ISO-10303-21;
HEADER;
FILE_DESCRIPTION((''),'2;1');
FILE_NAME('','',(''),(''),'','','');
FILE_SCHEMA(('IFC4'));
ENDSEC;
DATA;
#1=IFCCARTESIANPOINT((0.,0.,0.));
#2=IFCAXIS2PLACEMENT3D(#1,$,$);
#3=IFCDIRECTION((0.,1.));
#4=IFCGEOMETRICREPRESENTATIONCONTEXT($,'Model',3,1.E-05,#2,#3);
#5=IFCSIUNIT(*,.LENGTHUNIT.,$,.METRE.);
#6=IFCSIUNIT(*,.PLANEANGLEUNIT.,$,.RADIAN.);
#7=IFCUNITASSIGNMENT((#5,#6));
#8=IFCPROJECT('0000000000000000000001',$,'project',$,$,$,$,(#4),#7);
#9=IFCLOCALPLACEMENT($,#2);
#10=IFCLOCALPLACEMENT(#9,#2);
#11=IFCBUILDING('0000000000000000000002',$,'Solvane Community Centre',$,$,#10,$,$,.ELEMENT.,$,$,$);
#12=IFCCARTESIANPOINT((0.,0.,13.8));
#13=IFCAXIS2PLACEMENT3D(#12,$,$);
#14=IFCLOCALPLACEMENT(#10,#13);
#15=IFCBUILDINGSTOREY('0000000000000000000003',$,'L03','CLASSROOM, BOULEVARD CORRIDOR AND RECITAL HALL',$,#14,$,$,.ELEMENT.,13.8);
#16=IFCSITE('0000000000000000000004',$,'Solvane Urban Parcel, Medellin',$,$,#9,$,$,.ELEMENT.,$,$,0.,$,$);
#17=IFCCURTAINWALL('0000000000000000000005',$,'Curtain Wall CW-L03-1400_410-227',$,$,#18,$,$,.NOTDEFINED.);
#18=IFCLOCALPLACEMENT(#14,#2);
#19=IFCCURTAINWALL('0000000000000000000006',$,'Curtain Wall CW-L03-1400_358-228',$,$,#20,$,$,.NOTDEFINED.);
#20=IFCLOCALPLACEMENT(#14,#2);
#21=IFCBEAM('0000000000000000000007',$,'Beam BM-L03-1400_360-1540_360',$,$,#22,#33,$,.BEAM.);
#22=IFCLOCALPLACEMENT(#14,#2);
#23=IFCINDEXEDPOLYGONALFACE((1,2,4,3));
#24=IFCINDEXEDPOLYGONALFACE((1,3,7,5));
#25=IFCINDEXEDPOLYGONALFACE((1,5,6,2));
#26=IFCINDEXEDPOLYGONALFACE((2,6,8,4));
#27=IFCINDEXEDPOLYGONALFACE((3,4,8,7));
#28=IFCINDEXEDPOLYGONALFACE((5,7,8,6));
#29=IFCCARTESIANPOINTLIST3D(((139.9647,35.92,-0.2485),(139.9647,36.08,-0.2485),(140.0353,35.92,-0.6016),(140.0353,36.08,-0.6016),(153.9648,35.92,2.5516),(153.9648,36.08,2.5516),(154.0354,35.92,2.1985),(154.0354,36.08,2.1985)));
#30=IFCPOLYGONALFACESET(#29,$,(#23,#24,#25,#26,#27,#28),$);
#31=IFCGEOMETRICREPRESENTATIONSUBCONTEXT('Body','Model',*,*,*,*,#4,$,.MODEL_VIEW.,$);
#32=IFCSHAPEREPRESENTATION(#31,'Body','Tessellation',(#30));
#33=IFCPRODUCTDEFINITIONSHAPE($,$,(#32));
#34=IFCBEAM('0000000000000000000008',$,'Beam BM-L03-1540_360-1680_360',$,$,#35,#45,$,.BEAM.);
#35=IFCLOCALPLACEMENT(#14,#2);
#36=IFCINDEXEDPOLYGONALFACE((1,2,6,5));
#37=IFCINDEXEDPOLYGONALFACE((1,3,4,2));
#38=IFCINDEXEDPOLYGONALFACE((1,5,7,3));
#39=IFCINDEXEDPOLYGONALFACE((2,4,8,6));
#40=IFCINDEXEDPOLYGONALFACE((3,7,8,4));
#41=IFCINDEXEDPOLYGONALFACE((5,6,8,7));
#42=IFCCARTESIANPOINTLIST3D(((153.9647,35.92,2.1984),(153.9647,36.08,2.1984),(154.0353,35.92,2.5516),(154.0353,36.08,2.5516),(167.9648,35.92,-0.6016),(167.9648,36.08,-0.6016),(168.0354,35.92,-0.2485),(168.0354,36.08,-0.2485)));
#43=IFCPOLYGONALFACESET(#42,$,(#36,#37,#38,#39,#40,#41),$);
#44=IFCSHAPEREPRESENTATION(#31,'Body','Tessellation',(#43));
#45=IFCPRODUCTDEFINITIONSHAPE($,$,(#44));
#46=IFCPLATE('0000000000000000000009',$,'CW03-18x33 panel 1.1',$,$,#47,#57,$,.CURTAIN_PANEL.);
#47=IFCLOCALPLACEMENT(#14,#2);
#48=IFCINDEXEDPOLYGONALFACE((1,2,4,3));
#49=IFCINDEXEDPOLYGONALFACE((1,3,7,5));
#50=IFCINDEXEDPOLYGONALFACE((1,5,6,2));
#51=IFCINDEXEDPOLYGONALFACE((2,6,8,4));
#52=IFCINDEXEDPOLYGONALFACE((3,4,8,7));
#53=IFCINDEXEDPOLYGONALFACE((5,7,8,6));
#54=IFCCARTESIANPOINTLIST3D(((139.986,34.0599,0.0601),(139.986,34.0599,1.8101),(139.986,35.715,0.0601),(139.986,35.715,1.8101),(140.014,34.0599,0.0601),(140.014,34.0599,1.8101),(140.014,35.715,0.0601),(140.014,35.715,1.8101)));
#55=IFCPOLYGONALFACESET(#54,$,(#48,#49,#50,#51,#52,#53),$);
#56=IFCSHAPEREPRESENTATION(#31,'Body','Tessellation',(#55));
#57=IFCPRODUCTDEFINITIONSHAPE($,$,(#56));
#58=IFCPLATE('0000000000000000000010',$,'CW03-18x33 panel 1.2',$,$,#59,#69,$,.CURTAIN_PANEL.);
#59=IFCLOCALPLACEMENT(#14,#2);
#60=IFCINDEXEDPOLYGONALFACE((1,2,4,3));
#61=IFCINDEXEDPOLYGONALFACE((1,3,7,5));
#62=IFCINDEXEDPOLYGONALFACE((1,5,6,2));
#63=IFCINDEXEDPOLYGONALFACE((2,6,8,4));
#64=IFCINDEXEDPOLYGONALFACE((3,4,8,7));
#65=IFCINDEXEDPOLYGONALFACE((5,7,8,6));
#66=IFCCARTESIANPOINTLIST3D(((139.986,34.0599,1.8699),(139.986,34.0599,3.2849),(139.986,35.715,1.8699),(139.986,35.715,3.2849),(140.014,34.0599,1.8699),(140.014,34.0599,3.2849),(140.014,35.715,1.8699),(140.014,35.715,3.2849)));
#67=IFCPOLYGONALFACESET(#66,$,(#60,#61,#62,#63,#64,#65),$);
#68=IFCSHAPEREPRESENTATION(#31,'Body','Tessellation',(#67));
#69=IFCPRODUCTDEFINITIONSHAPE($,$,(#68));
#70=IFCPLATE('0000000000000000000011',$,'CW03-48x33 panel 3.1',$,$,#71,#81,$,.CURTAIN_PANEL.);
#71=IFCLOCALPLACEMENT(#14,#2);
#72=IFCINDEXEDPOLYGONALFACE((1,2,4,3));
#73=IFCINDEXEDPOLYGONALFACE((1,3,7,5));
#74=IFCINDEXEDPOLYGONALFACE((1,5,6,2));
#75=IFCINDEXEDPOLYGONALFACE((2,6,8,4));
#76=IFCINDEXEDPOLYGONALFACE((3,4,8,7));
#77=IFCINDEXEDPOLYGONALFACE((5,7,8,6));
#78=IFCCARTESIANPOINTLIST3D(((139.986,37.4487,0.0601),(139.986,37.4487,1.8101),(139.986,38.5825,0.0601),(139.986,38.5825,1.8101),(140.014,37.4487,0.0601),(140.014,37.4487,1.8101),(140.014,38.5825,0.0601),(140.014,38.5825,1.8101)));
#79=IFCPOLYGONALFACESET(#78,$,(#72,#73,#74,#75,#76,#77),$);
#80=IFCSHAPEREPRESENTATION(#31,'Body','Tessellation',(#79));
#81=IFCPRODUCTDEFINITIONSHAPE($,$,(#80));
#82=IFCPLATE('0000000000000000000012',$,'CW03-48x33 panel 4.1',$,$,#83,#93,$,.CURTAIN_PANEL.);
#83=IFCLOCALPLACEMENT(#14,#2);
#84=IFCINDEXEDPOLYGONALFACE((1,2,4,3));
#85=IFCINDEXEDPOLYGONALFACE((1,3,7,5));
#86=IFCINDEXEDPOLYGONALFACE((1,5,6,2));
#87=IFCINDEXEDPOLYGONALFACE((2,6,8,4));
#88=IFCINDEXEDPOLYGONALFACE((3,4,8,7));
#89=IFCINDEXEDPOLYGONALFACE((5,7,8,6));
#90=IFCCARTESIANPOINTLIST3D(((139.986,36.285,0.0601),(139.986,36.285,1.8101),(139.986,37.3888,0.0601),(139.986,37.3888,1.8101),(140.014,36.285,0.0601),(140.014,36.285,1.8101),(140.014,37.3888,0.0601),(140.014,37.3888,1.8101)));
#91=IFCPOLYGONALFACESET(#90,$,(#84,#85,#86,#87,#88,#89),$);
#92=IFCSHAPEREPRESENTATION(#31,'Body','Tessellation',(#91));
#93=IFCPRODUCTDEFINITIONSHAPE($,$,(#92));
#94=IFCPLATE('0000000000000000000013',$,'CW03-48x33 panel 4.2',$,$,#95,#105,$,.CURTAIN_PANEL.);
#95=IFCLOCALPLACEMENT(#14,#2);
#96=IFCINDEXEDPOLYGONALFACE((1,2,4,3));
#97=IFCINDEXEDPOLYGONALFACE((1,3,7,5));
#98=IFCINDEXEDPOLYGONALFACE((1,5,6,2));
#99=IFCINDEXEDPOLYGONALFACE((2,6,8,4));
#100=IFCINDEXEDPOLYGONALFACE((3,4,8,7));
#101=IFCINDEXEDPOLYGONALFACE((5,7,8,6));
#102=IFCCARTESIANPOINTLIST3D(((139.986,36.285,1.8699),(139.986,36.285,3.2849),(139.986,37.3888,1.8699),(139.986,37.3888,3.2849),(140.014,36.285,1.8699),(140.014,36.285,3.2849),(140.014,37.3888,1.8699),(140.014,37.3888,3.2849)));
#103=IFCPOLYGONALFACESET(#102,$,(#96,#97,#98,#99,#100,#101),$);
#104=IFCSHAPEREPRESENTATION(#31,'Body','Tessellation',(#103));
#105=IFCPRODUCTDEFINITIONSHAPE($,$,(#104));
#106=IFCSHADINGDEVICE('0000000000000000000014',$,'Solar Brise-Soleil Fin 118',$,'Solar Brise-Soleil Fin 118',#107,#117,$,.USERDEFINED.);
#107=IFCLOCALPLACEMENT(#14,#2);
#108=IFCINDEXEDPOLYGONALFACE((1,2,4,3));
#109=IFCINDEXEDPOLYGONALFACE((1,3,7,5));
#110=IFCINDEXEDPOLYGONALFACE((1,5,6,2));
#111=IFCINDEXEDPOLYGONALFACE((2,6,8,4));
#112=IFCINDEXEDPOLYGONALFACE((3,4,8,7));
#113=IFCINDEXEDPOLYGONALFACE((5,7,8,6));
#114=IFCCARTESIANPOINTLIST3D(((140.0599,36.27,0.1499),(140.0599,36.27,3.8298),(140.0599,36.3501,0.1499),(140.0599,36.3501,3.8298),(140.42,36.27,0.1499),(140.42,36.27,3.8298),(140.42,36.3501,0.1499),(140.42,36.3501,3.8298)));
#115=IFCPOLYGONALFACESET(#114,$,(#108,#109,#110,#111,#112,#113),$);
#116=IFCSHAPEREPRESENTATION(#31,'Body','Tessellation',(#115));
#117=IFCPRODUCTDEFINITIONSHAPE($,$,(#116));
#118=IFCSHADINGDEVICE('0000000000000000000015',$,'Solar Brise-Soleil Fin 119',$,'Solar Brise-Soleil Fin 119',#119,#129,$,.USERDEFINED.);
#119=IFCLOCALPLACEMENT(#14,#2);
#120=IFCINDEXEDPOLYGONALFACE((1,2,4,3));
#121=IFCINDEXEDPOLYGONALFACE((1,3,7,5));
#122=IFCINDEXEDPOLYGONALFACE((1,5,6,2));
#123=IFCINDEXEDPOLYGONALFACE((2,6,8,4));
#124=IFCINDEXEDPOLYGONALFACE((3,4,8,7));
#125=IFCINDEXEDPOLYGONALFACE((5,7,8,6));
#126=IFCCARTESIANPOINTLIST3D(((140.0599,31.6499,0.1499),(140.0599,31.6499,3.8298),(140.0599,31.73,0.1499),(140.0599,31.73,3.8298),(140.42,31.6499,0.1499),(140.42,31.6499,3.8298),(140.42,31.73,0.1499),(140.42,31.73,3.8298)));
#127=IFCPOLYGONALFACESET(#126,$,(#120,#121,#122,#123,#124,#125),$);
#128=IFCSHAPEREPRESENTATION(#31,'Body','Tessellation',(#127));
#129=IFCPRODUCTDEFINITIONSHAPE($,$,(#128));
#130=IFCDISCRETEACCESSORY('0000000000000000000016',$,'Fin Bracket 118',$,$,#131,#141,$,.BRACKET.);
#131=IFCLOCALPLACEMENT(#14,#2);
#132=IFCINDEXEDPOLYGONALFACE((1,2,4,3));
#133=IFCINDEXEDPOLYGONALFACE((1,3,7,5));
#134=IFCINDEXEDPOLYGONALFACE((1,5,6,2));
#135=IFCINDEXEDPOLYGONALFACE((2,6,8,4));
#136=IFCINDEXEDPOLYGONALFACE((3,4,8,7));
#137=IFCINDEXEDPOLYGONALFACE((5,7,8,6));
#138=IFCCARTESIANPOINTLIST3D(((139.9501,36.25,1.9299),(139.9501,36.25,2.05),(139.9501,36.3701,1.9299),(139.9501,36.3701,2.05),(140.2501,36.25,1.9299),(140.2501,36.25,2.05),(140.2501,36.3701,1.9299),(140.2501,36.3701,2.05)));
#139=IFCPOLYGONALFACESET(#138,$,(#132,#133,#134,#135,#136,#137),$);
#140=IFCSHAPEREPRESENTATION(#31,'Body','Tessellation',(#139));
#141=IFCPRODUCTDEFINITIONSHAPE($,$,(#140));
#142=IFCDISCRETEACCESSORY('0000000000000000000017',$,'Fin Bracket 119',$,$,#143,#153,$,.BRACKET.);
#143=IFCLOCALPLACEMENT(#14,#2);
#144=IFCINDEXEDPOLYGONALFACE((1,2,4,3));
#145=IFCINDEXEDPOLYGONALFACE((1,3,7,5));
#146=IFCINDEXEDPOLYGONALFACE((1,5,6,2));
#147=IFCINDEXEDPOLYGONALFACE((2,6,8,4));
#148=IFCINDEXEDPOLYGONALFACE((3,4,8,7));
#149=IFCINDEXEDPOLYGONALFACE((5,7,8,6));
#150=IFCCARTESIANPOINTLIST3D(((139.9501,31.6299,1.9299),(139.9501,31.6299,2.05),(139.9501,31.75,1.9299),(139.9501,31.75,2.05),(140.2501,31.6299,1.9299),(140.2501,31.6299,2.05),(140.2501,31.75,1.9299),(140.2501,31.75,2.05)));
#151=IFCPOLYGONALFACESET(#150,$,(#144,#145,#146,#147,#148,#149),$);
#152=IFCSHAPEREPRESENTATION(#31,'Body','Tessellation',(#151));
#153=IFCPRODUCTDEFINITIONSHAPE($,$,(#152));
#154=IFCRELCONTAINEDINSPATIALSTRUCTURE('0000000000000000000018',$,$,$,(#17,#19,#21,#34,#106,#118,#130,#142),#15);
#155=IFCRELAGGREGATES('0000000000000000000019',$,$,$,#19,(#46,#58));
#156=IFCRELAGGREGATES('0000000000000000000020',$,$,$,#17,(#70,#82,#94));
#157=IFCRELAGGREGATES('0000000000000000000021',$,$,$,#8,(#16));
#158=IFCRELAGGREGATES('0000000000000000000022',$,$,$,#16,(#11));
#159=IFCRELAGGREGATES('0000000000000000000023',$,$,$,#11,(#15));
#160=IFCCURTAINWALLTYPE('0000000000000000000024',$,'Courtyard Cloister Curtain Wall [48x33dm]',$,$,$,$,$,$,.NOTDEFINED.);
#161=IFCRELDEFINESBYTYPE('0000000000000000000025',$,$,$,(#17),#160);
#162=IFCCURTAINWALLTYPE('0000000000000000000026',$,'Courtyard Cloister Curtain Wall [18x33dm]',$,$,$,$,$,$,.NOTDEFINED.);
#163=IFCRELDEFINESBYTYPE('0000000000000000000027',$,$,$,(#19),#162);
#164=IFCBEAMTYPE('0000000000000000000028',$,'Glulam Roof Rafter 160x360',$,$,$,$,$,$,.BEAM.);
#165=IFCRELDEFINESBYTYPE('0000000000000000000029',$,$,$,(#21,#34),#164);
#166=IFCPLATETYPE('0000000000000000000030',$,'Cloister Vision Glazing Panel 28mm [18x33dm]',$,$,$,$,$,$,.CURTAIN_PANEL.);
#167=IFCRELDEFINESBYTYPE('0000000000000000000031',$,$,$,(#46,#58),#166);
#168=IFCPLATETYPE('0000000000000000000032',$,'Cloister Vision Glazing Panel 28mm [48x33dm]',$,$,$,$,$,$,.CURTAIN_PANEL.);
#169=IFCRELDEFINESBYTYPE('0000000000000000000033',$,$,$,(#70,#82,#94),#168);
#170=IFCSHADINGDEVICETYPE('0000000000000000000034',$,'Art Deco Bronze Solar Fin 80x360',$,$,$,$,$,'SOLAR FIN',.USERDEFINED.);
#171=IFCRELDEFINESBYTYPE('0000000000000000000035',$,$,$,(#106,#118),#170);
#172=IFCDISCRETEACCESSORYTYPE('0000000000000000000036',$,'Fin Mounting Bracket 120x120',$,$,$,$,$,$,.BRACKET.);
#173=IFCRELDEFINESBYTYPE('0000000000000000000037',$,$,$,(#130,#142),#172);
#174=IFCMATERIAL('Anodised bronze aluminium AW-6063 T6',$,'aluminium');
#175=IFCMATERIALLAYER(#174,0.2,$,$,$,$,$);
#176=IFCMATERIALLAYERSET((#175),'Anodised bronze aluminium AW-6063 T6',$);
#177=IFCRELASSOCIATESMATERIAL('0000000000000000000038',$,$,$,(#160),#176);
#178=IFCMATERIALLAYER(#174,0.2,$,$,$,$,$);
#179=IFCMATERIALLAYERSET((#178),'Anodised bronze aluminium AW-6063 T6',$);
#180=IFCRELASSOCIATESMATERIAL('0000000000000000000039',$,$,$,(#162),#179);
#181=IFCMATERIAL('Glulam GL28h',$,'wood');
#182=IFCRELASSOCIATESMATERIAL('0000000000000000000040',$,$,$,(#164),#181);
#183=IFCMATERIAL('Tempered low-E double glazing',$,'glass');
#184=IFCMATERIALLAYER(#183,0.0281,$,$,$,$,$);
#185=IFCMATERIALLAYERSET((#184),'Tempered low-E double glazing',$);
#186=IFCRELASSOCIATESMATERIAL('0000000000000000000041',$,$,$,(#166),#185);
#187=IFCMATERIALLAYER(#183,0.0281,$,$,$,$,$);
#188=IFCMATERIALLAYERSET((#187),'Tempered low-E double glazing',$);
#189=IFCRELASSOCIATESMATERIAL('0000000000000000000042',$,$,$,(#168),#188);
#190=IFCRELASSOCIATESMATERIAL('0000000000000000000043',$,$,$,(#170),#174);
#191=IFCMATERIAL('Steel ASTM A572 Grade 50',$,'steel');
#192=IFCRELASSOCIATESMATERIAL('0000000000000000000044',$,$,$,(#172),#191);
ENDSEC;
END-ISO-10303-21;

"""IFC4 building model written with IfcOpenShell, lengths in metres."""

from ifc_helpers import new_model, si_unit, direction, frame, origin, origin_2d, place, context, subcontext, project, spatial, rectangle, extrude, material, layer, layer_set, material_profile, profile_set, type_object, element, aggregate, save


model = new_model("IFC4")

# Units and contexts
model_context = context("Model", 3, precision=1e-05, world=origin(), true_north=direction((0.0, 1.0)))
body_context = subcontext(model_context, "Body", "Model", "MODEL_VIEW")
ifc_project = project(units=[si_unit("LENGTHUNIT", "METRE"), si_unit("PLANEANGLEUNIT", "RADIAN")], contexts=[model_context])

# Site, building, storey
site_placement = place(None, origin())
site = spatial("IfcSite", under=ifc_project, at=site_placement, Name="Solvane Urban Parcel, Medellin", CompositionType="ELEMENT", RefElevation=0.0)
building_placement = place(site_placement, origin())
building = spatial("IfcBuilding", under=site, at=building_placement, Name="Solvane Community Centre", CompositionType="ELEMENT")
storey_placement = place(building_placement, frame((0.0, 0.0, 13.8)))
storey = spatial("IfcBuildingStorey", under=building, at=storey_placement, Name="L03", Description="CLASSROOM, BOULEVARD CORRIDOR AND RECITAL HALL", CompositionType="ELEMENT", Elevation=13.8)

# Curtain walls
ifc_material_1 = material(Name="Anodised bronze aluminium AW-6063 T6", Category="aluminium")
ifc_layer_1 = layer(ifc_material_1, 0.2)
ifc_layer_set_1 = layer_set([ifc_layer_1], Name="Anodised bronze aluminium AW-6063 T6")
curtain_wall_type_1 = type_object("IfcCurtainWallType", Name="Courtyard Cloister Curtain Wall [48x33dm]", PredefinedType="NOTDEFINED", material=ifc_layer_set_1)
curtain_wall_1_placement = place(storey_placement, origin())
curtain_wall_1 = element("IfcCurtainWall", 1, at=curtain_wall_1_placement, inside=storey, type_object=curtain_wall_type_1, Name="Curtain Wall CW-L03-1400_410-227", PredefinedType="NOTDEFINED")
ifc_layer_2 = layer(ifc_material_1, 0.2)
ifc_layer_set_2 = layer_set([ifc_layer_2], Name="Anodised bronze aluminium AW-6063 T6")
curtain_wall_type_2 = type_object("IfcCurtainWallType", Name="Courtyard Cloister Curtain Wall [18x33dm]", PredefinedType="NOTDEFINED", material=ifc_layer_set_2)
curtain_wall_2_placement = place(storey_placement, origin())
curtain_wall_2 = element("IfcCurtainWall", 2, at=curtain_wall_2_placement, inside=storey, type_object=curtain_wall_type_2, Name="Curtain Wall CW-L03-1400_358-228", PredefinedType="NOTDEFINED")

# Beams
ifc_material_2 = material(Name="Glulam GL28h", Category="wood")
ifc_material_profile_1 = material_profile(ifc_material_2, rectangle(XDim=0.1599, YDim=0.3601, at=origin_2d()), Name="GL28h 160x360")
ifc_profile_set_1 = profile_set([ifc_material_profile_1], Name="Glulam GL28h")
beam_type_1 = type_object("IfcBeamType", Name="Glulam Roof Rafter 160x360", PredefinedType="BEAM", material=ifc_profile_set_1)
for number, where, z_axis, x_axis, name in (
    (3, (140.0, 36.0, -0.425), (0.98058, 0.0, 0.196119), (0.0, 1.0, 0.0), "Beam BM-L03-1400_360-1540_360"),
    (4, (154.0, 36.0, 2.375), (0.98058, 0.0, -0.196119), (0.0, 1.0, 0.0), "Beam BM-L03-1540_360-1680_360"),
):
    element("IfcBeam", number, at=place(storey_placement, frame(where, z_axis=z_axis, x_axis=x_axis)), inside=storey, type_object=beam_type_1, Name=name, PredefinedType="BEAM", context=body_context, shape_type="SweptSolid", body=[
        extrude(rectangle(XDim=0.1599, YDim=0.3601, at=origin_2d()), origin(), (0.0, 0.0, 1.0), 14.2773),
    ])

# Plates
ifc_material_3 = material(Name="Tempered low-E double glazing", Category="glass")
ifc_layer_3 = layer(ifc_material_3, 0.0281)
ifc_layer_set_3 = layer_set([ifc_layer_3], Name="Tempered low-E double glazing")
plate_type_1 = type_object("IfcPlateType", Name="Cloister Vision Glazing Panel 28mm [18x33dm]", PredefinedType="CURTAIN_PANEL", material=ifc_layer_set_3)
plate_1_placement = place(storey_placement, frame((140.0, 34.8875, 0.0601), z_axis=(0.0, 0.0, 1.0), x_axis=(0.0, -1.0, 0.0)))
plate_1 = element("IfcPlate", 5, at=plate_1_placement, type_object=plate_type_1, Name="CW03-18x33 panel 1.1", PredefinedType="CURTAIN_PANEL", context=body_context, shape_type="SweptSolid", body=[
    extrude(rectangle(XDim=1.655, YDim=0.0281, at=origin_2d()), origin(), (0.0, 0.0, 1.0), 1.75),
])
plate_2_placement = place(storey_placement, frame((140.0, 34.8875, 1.8699), z_axis=(0.0, 0.0, 1.0), x_axis=(0.0, -1.0, 0.0)))
plate_2 = element("IfcPlate", 6, at=plate_2_placement, type_object=plate_type_1, Name="CW03-18x33 panel 1.2", PredefinedType="CURTAIN_PANEL", context=body_context, shape_type="SweptSolid", body=[
    extrude(rectangle(XDim=1.655, YDim=0.0281, at=origin_2d()), origin(), (0.0, 0.0, 1.0), 1.415),
])
aggregate(curtain_wall_2, [plate_1, plate_2])
ifc_layer_4 = layer(ifc_material_3, 0.0281)
ifc_layer_set_4 = layer_set([ifc_layer_4], Name="Tempered low-E double glazing")
plate_type_2 = type_object("IfcPlateType", Name="Cloister Vision Glazing Panel 28mm [48x33dm]", PredefinedType="CURTAIN_PANEL", material=ifc_layer_set_4)
plate_3_placement = place(storey_placement, frame((140.0, 38.0156, 0.0601), z_axis=(0.0, 0.0, 1.0), x_axis=(0.0, -1.0, 0.0)))
plate_3 = element("IfcPlate", 7, at=plate_3_placement, type_object=plate_type_2, Name="CW03-48x33 panel 3.1", PredefinedType="CURTAIN_PANEL", context=body_context, shape_type="SweptSolid", body=[
    extrude(rectangle(XDim=1.1338, YDim=0.0281, at=origin_2d()), origin(), (0.0, 0.0, 1.0), 1.75),
])
plate_4_placement = place(storey_placement, frame((140.0, 36.8369, 0.0601), z_axis=(0.0, 0.0, 1.0), x_axis=(0.0, -1.0, 0.0)))
plate_4 = element("IfcPlate", 8, at=plate_4_placement, type_object=plate_type_2, Name="CW03-48x33 panel 4.1", PredefinedType="CURTAIN_PANEL", context=body_context, shape_type="SweptSolid", body=[
    extrude(rectangle(XDim=1.1038, YDim=0.0281, at=origin_2d()), origin(), (0.0, 0.0, 1.0), 1.75),
])
plate_5_placement = place(storey_placement, frame((140.0, 36.8369, 1.8699), z_axis=(0.0, 0.0, 1.0), x_axis=(0.0, -1.0, 0.0)))
plate_5 = element("IfcPlate", 9, at=plate_5_placement, type_object=plate_type_2, Name="CW03-48x33 panel 4.2", PredefinedType="CURTAIN_PANEL", context=body_context, shape_type="SweptSolid", body=[
    extrude(rectangle(XDim=1.1038, YDim=0.0281, at=origin_2d()), origin(), (0.0, 0.0, 1.0), 1.415),
])
aggregate(curtain_wall_1, [plate_3, plate_4, plate_5])

# Shading devices
shading_device_type = type_object("IfcShadingDeviceType", Name="Art Deco Bronze Solar Fin 80x360", ElementType="SOLAR FIN", PredefinedType="USERDEFINED", material=ifc_material_1)
shading_device_1_placement = place(storey_placement, frame((140.24, 36.3101, 0.1499), z_axis=(0.0, 0.0, 1.0), x_axis=(0.0, -1.0, 0.0)))
element("IfcShadingDevice", 10, at=shading_device_1_placement, inside=storey, type_object=shading_device_type, Name="Solar Brise-Soleil Fin 118", ObjectType="Solar Brise-Soleil Fin 118", PredefinedType="USERDEFINED", context=body_context, shape_type="SweptSolid", body=[
    extrude(rectangle(XDim=0.0801, YDim=0.3601, at=origin_2d()), origin(), (0.0, 0.0, 1.0), 3.6799),
])
shading_device_2_placement = place(storey_placement, frame((140.24, 31.6899, 0.1499), z_axis=(0.0, 0.0, 1.0), x_axis=(0.0, -1.0, 0.0)))
element("IfcShadingDevice", 11, at=shading_device_2_placement, inside=storey, type_object=shading_device_type, Name="Solar Brise-Soleil Fin 119", ObjectType="Solar Brise-Soleil Fin 119", PredefinedType="USERDEFINED", context=body_context, shape_type="SweptSolid", body=[
    extrude(rectangle(XDim=0.0801, YDim=0.3601, at=origin_2d()), origin(), (0.0, 0.0, 1.0), 3.6799),
])

# Discrete accessories
ifc_material_4 = material(Name="Steel ASTM A572 Grade 50", Category="steel")
discrete_accessory_type = type_object("IfcDiscreteAccessoryType", Name="Fin Mounting Bracket 120x120", PredefinedType="BRACKET", material=ifc_material_4)
for number, where, z_axis, x_axis, name in (
    (12, (140.1001, 36.3101, 1.9299), (0.0, 0.0, 1.0), (0.0, -1.0, 0.0), "Fin Bracket 118"),
    (13, (140.1001, 31.6899, 1.9299), (0.0, 0.0, 1.0), (0.0, -1.0, 0.0), "Fin Bracket 119"),
):
    element("IfcDiscreteAccessory", number, at=place(storey_placement, frame(where, z_axis=z_axis, x_axis=x_axis)), inside=storey, type_object=discrete_accessory_type, Name=name, PredefinedType="BRACKET", context=body_context, shape_type="SweptSolid", body=[
        extrude(rectangle(XDim=0.1201, YDim=0.3, at=origin_2d()), origin(), (0.0, 0.0, 1.0), 0.1201),
    ])

save(model, "model.ifc")
